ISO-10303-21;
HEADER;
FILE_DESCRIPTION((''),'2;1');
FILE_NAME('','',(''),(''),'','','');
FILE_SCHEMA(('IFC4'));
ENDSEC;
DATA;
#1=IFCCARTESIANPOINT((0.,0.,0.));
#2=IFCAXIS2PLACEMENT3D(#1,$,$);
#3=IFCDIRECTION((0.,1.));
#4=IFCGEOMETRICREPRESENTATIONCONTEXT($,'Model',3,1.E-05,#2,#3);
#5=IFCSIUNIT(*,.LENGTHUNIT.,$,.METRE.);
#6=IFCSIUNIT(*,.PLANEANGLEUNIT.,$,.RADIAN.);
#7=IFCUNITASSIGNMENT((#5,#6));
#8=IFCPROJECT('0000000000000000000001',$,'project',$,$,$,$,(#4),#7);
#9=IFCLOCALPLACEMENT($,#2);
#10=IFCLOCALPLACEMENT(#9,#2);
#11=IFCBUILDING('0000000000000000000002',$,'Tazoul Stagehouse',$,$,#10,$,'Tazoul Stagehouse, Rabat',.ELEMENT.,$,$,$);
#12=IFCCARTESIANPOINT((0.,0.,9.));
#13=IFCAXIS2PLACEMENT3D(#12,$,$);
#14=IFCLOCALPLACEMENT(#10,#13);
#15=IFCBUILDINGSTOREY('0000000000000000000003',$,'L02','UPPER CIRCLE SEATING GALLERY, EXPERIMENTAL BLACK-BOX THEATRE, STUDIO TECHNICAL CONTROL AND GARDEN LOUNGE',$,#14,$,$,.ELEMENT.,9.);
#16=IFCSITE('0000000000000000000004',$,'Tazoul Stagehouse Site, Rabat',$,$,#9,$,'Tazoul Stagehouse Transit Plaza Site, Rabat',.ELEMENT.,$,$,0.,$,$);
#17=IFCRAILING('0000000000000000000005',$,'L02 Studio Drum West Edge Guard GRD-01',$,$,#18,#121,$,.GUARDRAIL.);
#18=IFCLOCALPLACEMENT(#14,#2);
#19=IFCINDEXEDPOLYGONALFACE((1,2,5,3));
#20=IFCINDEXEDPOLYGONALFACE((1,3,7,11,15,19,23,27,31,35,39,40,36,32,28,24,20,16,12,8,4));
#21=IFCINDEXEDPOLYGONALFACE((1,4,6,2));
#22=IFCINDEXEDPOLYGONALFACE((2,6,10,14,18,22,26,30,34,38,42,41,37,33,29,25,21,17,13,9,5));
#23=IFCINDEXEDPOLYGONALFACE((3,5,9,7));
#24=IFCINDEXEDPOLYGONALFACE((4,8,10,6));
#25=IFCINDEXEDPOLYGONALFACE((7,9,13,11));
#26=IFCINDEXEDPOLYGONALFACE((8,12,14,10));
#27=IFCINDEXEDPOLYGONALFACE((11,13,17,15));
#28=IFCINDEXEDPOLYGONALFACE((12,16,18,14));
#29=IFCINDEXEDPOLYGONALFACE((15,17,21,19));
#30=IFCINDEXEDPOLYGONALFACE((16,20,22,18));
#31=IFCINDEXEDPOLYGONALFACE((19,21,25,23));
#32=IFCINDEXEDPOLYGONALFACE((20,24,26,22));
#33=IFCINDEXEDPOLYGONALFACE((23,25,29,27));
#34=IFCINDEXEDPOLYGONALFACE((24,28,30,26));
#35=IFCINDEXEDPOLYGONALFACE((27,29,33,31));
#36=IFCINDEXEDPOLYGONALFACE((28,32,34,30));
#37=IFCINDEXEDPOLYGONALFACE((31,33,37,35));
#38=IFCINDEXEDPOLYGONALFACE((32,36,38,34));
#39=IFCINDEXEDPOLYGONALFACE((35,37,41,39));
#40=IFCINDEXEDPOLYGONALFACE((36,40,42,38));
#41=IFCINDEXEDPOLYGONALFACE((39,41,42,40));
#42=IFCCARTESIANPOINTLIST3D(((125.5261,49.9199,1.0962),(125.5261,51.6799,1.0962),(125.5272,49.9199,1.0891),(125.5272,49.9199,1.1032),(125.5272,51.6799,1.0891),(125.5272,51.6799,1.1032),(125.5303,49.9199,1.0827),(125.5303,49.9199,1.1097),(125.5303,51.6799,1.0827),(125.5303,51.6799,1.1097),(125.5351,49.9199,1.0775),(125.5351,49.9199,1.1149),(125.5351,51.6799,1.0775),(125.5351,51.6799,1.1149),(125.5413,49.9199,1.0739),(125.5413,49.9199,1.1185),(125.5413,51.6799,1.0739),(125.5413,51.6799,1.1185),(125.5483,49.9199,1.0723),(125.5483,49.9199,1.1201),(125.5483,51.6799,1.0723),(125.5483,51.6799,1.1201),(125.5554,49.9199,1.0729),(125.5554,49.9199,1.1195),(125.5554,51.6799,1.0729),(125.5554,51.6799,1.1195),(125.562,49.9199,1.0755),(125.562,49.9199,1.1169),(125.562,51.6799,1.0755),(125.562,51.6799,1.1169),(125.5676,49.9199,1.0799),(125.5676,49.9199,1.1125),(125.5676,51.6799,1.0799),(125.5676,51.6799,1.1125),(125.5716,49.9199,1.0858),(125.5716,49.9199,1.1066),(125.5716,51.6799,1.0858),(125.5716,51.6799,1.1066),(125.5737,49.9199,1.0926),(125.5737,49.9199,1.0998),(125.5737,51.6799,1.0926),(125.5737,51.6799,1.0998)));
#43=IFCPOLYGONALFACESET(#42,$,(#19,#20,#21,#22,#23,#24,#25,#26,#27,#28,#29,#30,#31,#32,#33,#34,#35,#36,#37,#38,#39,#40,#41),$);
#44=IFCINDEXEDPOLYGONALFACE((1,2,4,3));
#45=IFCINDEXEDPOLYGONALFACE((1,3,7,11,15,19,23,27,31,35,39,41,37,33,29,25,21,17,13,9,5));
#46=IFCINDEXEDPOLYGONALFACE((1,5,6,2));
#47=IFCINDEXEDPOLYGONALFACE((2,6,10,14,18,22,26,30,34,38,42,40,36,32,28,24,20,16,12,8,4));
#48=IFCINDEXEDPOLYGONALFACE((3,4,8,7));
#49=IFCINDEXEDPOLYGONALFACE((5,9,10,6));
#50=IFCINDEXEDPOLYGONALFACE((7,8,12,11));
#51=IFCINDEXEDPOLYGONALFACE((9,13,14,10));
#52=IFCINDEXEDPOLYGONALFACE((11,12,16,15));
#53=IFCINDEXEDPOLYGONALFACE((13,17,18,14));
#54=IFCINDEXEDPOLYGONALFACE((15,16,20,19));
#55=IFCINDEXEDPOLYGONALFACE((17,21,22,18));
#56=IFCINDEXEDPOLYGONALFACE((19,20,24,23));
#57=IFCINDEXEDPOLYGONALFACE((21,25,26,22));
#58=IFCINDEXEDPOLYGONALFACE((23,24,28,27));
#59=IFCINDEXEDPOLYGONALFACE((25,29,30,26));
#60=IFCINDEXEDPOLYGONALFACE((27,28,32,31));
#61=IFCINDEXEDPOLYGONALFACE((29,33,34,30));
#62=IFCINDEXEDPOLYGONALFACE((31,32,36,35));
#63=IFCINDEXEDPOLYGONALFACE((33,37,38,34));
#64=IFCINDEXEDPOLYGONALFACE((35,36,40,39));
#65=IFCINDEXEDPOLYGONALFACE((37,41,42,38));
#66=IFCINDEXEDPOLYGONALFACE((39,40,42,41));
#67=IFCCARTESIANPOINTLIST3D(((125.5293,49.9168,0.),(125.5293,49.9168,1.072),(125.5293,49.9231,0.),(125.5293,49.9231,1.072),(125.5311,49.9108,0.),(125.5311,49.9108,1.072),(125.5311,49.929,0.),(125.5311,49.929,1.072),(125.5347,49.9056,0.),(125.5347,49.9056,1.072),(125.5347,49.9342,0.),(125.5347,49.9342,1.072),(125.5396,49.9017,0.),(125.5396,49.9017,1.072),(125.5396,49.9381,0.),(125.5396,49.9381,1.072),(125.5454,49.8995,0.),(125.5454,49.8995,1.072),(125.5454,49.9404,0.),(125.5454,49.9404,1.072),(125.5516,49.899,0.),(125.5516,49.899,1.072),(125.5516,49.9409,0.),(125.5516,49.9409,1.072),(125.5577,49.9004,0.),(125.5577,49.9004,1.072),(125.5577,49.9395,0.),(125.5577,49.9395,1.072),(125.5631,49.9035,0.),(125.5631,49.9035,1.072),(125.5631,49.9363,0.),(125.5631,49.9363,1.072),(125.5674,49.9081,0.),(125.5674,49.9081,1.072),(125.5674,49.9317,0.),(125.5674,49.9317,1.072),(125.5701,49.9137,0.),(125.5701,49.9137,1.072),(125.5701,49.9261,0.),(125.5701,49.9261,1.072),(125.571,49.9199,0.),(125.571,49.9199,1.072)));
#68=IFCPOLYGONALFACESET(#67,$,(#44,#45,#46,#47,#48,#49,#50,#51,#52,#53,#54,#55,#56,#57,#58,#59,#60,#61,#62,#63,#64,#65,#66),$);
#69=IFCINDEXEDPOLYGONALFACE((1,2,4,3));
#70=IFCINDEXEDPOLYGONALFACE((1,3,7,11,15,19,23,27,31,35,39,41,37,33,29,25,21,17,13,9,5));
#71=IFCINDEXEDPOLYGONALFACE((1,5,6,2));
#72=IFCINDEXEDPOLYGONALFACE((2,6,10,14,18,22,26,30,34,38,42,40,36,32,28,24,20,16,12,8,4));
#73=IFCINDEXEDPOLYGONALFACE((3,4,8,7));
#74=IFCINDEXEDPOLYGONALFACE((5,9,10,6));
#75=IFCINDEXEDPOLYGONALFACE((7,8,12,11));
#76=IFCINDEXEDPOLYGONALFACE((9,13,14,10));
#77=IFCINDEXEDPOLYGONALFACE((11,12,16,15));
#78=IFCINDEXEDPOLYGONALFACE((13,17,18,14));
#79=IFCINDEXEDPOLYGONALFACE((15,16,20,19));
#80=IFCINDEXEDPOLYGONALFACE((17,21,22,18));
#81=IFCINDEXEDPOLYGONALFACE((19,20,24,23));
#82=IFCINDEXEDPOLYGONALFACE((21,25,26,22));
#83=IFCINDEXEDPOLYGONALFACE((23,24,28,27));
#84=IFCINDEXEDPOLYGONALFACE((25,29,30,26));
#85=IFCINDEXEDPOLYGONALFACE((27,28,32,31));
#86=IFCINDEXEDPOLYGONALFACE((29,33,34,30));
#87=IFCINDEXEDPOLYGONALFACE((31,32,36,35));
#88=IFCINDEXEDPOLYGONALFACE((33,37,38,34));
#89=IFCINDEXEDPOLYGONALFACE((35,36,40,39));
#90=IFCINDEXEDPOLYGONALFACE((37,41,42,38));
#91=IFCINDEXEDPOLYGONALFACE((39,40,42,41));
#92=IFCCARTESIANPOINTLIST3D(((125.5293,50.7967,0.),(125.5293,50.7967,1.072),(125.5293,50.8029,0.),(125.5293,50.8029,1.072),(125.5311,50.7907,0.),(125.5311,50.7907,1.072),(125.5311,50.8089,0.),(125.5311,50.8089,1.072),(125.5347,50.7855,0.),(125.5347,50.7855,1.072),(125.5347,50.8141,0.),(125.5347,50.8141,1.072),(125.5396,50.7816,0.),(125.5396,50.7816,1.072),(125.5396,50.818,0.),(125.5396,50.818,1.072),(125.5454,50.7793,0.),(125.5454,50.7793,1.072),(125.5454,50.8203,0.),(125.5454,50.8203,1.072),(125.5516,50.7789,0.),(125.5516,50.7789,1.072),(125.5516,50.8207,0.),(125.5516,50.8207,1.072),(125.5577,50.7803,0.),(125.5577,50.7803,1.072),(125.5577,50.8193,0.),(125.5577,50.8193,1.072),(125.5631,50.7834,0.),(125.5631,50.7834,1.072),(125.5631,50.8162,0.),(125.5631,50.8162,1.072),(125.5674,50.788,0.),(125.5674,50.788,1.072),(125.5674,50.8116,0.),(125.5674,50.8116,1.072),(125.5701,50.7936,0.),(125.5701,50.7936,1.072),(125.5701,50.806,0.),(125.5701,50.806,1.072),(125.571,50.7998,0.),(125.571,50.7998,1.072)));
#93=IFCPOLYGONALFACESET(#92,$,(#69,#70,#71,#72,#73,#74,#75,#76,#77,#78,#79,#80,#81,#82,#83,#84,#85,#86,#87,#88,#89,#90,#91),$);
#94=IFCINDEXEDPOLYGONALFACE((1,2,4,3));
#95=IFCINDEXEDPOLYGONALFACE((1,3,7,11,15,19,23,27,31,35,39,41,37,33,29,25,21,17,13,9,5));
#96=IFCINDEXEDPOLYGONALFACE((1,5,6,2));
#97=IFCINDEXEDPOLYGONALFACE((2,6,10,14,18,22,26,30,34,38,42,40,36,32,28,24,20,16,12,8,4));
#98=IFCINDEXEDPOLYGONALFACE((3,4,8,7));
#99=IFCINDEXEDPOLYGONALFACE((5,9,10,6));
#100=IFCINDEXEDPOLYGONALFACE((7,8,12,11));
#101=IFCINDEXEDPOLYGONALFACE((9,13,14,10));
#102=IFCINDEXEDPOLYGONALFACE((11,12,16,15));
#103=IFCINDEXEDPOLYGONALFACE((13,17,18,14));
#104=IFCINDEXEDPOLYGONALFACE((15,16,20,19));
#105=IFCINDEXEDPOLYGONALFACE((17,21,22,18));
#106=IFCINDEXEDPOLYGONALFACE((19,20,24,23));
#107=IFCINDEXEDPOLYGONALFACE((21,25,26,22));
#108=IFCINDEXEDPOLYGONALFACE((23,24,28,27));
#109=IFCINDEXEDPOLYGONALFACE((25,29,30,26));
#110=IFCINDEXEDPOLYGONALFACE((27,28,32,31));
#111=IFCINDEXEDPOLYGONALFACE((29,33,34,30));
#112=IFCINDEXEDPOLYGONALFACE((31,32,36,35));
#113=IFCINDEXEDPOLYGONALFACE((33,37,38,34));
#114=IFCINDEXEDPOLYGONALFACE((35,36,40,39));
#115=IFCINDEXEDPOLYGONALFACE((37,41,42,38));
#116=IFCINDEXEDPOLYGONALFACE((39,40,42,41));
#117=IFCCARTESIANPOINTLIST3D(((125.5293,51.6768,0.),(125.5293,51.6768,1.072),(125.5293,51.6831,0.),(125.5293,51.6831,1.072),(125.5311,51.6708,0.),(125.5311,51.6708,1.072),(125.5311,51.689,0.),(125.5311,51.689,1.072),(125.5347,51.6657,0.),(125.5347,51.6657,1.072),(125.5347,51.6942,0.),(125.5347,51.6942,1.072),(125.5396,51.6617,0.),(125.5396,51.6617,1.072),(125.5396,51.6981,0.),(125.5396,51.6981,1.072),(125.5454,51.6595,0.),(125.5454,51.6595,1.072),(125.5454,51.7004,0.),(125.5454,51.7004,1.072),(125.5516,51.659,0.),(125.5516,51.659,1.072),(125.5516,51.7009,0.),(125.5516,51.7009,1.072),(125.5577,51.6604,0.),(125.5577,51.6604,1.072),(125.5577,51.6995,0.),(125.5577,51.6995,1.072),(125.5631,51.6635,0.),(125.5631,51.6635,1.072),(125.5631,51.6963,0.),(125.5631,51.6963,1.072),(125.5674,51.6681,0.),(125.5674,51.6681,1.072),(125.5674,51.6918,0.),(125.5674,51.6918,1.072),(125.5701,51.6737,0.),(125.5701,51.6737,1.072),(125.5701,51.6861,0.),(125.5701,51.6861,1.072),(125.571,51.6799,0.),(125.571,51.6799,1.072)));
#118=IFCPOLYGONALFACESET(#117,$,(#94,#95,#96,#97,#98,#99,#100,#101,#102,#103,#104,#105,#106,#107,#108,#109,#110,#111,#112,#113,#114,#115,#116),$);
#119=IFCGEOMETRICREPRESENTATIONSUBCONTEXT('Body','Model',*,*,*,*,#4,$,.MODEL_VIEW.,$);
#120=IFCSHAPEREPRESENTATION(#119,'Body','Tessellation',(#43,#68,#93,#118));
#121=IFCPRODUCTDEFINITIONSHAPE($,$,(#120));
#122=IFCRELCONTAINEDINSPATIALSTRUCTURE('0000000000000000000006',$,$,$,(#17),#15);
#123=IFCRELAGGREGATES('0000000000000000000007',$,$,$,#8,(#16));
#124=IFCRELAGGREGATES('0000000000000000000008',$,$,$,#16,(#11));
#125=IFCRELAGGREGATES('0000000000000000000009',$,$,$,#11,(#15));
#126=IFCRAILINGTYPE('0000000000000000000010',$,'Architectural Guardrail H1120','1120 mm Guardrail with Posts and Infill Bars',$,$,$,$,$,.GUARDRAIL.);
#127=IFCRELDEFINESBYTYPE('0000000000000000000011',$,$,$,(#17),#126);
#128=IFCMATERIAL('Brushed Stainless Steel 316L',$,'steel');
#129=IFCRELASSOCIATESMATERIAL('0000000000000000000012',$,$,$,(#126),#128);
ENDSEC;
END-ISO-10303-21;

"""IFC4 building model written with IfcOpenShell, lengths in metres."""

from ifc_helpers import new_model, si_unit, direction, frame, origin, origin_2d, place, context, subcontext, project, spatial, circle, extrude, material, material_profile, profile_set, type_object, element, save


model = new_model("IFC4")

# Units and contexts
model_context = context("Model", 3, precision=1e-05, world=origin(), true_north=direction((0.0, 1.0)))
body_context = subcontext(model_context, "Body", "Model", "MODEL_VIEW")
ifc_project = project(units=[si_unit("LENGTHUNIT", "METRE"), si_unit("PLANEANGLEUNIT", "RADIAN")], contexts=[model_context])

# Site, building, storey
site_placement = place(None, origin())
site = spatial("IfcSite", under=ifc_project, at=site_placement, Name="Tazoul Stagehouse Site, Rabat", LongName="Tazoul Stagehouse Transit Plaza Site, Rabat", CompositionType="ELEMENT", RefElevation=0.0)
building_placement = place(site_placement, origin())
building = spatial("IfcBuilding", under=site, at=building_placement, Name="Tazoul Stagehouse", LongName="Tazoul Stagehouse, Rabat", CompositionType="ELEMENT")
storey_placement = place(building_placement, frame((0.0, 0.0, 9.0)))
storey = spatial("IfcBuildingStorey", under=building, at=storey_placement, Name="L02", Description="UPPER CIRCLE SEATING GALLERY, EXPERIMENTAL BLACK-BOX THEATRE, STUDIO TECHNICAL CONTROL AND GARDEN LOUNGE", CompositionType="ELEMENT", Elevation=9.0)

# Railing
ifc_material_1 = material(Name="Brushed Stainless Steel 316L", Category="steel")
ifc_material_profile_1 = material_profile(ifc_material_1, circle(Radius=0.0239, at=origin_2d()), Name="SS RAIL D48")
ifc_profile_set_1 = profile_set([ifc_material_profile_1], Name="Brushed Stainless Steel 316L")
railing_type = type_object("IfcRailingType", Name="Architectural Guardrail H1120", Description="1120 mm Guardrail with Posts and Infill Bars", PredefinedType="GUARDRAIL", material=ifc_profile_set_1)
railing_1_placement = place(storey_placement, frame((125.55, 49.9199, 0.0)))
element("IfcRailing", 1, at=railing_1_placement, inside=storey, type_object=railing_type, Name="L02 Studio Drum West Edge Guard GRD-01", PredefinedType="GUARDRAIL", context=body_context, shape_type="SweptSolid", body=[
    extrude(circle(Radius=0.0239, at=origin_2d()), frame((0.0, 0.0, 1.0962), z_axis=(0.0, 1.0, 0.0), x_axis=(-1.0, 0.0, 0.0)), (0.0, 0.0, 1.0), 1.76),
    extrude(circle(Radius=0.021, at=origin_2d()), origin(), (0.0, 0.0, 1.0), 1.072),
    extrude(circle(Radius=0.021, at=origin_2d()), frame((0.0, 0.8799, 0.0)), (0.0, 0.0, 1.0), 1.072),
    extrude(circle(Radius=0.021, at=origin_2d()), frame((0.0, 1.76, 0.0)), (0.0, 0.0, 1.0), 1.072),
])

save(model, "model.ifc")
